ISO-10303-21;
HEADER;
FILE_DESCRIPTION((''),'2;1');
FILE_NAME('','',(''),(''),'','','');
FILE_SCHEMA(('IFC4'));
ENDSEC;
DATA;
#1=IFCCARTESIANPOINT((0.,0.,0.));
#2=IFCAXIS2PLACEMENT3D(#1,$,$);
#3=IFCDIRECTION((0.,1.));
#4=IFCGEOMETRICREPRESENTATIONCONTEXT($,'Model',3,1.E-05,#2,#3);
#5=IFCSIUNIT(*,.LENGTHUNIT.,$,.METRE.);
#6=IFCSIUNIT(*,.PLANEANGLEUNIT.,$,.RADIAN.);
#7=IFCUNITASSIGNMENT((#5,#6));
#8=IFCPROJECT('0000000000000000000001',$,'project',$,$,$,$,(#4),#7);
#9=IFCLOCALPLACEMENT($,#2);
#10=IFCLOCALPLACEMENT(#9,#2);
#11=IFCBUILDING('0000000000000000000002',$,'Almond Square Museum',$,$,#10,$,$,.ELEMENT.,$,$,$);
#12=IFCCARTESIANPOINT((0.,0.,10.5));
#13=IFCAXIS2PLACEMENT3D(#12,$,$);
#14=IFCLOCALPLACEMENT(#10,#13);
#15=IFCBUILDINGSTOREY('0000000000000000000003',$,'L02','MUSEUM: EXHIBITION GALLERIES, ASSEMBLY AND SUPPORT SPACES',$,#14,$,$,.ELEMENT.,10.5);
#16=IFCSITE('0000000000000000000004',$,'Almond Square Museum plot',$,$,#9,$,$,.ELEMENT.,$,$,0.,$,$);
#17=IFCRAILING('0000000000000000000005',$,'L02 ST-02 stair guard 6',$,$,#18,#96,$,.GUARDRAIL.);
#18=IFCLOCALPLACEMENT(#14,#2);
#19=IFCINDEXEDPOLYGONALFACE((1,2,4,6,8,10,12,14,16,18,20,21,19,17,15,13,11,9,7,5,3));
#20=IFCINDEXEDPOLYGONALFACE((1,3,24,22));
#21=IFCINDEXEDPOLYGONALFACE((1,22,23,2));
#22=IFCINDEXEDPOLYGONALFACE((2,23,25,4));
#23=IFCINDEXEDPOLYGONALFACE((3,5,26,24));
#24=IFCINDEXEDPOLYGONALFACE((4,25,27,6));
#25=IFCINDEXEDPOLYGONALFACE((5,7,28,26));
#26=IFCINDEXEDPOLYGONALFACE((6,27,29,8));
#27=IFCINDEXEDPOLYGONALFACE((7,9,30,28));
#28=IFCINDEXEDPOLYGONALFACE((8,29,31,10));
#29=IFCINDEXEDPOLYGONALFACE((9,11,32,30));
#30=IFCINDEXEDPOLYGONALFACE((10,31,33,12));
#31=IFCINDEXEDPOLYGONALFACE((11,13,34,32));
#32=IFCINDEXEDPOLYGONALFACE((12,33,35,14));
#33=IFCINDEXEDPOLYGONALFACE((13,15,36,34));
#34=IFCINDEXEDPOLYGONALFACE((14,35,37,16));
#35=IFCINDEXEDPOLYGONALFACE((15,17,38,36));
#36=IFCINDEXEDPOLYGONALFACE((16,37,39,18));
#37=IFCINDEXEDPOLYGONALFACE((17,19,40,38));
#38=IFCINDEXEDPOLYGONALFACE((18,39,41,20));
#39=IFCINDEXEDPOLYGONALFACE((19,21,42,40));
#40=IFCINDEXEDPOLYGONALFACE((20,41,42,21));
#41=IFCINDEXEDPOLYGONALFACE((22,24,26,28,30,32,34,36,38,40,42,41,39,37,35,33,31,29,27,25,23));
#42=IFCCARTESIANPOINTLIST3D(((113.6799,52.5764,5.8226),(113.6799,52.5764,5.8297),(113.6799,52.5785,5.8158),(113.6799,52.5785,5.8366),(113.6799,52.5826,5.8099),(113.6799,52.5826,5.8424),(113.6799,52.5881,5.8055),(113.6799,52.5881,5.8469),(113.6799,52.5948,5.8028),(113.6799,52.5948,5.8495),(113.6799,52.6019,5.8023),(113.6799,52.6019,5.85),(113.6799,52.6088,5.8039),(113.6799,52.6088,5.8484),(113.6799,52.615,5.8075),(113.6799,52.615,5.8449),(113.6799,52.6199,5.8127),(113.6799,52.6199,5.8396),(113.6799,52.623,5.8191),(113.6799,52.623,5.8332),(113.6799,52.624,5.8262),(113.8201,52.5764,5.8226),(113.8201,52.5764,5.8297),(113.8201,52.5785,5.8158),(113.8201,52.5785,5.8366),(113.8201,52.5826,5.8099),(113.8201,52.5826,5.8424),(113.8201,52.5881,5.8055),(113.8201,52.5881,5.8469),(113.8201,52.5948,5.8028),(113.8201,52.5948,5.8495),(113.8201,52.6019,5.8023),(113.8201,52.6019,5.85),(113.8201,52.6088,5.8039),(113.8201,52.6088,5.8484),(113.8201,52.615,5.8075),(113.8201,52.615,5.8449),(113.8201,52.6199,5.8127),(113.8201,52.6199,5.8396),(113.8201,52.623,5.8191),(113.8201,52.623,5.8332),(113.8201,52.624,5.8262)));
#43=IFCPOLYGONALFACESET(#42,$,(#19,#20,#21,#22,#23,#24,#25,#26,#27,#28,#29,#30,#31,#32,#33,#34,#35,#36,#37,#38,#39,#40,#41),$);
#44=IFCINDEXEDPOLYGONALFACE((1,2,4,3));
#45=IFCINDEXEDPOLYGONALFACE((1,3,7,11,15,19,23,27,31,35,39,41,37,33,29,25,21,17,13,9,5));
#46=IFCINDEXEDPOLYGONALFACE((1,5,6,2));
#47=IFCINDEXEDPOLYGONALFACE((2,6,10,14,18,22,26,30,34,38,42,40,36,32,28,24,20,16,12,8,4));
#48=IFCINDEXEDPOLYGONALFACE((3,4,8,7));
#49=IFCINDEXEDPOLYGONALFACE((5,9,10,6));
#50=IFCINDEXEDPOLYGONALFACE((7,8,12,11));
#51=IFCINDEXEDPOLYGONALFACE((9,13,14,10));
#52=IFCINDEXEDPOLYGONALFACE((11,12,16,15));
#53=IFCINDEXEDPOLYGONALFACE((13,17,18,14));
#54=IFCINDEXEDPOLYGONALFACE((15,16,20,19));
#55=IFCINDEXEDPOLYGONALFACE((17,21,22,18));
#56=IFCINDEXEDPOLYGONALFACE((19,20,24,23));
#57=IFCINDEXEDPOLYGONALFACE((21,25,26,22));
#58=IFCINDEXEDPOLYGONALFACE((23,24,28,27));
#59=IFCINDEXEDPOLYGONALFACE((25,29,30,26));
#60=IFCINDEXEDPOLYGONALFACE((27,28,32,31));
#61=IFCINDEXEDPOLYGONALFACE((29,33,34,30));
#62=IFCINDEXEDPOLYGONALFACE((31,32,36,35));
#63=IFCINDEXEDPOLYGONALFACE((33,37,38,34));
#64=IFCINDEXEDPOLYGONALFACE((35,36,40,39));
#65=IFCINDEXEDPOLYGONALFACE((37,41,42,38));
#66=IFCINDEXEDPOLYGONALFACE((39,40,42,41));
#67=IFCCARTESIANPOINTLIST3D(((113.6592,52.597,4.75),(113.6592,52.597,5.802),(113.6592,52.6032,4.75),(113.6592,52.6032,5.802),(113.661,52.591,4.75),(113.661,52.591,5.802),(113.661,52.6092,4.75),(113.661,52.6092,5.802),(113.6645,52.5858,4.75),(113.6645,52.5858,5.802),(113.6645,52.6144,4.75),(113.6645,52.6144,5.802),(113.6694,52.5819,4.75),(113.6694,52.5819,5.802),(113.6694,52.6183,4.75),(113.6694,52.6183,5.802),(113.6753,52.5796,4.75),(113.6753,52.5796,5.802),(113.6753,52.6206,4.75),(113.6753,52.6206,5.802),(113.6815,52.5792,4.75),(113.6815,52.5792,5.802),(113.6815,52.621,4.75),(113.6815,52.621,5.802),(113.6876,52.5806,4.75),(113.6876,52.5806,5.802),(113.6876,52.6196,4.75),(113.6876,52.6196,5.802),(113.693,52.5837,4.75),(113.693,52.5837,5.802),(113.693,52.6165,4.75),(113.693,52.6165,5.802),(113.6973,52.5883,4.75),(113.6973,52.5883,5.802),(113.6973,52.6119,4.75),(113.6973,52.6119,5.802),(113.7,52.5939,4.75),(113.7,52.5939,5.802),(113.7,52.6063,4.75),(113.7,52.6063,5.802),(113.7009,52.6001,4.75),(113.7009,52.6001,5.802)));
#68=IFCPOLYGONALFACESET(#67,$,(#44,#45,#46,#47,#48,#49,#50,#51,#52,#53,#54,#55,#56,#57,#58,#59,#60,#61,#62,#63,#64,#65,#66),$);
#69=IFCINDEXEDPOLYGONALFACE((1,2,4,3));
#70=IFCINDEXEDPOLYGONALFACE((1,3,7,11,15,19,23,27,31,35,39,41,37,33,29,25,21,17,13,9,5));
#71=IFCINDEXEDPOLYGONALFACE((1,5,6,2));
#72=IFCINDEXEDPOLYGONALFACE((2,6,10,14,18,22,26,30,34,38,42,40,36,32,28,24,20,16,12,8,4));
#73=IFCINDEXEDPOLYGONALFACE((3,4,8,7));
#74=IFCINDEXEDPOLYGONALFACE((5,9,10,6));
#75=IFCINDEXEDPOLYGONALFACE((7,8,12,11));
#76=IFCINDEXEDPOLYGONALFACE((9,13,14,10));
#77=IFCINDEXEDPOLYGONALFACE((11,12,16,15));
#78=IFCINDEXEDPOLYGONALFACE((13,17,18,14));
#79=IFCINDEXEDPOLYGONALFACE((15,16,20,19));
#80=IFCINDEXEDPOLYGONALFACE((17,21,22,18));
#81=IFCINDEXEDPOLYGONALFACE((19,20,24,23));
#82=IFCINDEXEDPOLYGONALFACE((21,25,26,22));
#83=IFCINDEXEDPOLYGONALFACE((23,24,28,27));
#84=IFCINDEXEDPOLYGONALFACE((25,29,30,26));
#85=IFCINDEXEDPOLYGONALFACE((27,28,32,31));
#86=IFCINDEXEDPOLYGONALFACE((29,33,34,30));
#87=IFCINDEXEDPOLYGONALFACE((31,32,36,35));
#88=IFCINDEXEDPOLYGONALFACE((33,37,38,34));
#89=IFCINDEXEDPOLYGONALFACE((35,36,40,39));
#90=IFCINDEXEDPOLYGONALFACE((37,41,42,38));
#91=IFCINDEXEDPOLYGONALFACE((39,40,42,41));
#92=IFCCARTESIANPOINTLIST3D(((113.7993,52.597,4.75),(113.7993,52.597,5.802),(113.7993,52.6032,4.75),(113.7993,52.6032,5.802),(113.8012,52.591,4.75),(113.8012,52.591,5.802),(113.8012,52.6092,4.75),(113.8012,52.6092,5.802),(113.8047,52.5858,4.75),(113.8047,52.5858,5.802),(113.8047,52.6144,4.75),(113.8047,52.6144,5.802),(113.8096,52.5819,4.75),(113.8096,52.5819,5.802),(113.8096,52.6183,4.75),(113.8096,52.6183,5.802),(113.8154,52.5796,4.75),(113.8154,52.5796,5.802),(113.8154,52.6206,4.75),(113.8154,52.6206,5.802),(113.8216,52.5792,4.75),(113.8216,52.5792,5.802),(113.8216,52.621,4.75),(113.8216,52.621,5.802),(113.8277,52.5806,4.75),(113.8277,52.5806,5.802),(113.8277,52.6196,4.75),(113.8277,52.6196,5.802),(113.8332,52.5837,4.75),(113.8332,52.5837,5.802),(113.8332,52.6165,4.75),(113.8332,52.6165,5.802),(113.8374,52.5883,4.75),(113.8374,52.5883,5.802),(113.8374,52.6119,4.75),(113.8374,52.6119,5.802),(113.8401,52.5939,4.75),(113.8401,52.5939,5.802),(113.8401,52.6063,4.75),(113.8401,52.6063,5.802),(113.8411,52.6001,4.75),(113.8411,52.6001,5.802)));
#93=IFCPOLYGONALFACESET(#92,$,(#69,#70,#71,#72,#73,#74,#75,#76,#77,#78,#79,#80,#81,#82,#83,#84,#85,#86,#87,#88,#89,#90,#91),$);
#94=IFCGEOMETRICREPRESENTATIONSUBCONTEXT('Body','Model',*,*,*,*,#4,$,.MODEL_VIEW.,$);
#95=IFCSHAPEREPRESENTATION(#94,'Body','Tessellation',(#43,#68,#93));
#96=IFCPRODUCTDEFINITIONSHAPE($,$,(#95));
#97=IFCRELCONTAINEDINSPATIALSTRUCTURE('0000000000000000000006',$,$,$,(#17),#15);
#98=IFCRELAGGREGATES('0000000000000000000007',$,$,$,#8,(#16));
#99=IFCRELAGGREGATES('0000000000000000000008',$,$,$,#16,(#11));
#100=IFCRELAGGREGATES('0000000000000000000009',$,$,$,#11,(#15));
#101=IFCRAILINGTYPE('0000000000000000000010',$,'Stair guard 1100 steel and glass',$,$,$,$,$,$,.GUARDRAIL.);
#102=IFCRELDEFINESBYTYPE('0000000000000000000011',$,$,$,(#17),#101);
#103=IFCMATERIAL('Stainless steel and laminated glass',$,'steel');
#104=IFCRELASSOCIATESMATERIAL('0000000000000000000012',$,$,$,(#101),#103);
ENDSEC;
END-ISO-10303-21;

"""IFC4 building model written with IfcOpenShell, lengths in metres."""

from ifc_helpers import new_model, si_unit, direction, frame, origin, origin_2d, place, context, subcontext, project, spatial, circle, extrude, material, type_object, element, save


model = new_model("IFC4")

# Units and contexts
model_context = context("Model", 3, precision=1e-05, world=origin(), true_north=direction((0.0, 1.0)))
body_context = subcontext(model_context, "Body", "Model", "MODEL_VIEW")
ifc_project = project(units=[si_unit("LENGTHUNIT", "METRE"), si_unit("PLANEANGLEUNIT", "RADIAN")], contexts=[model_context])

# Site, building, storey
site_placement = place(None, origin())
site = spatial("IfcSite", under=ifc_project, at=site_placement, Name="Almond Square Museum plot", CompositionType="ELEMENT", RefElevation=0.0)
building_placement = place(site_placement, origin())
building = spatial("IfcBuilding", under=site, at=building_placement, Name="Almond Square Museum", CompositionType="ELEMENT")
storey_placement = place(building_placement, frame((0.0, 0.0, 10.5)))
storey = spatial("IfcBuildingStorey", under=building, at=storey_placement, Name="L02", Description="MUSEUM: EXHIBITION GALLERIES, ASSEMBLY AND SUPPORT SPACES", CompositionType="ELEMENT", Elevation=10.5)

# Railing
ifc_material_1 = material(Name="Stainless steel and laminated glass", Category="steel")
railing_type_1 = type_object("IfcRailingType", Name="Stair guard 1100 steel and glass", PredefinedType="GUARDRAIL", material=ifc_material_1)
railing_1_placement = place(storey_placement, frame((113.6799, 52.6001, 4.75)))
element("IfcRailing", 1, at=railing_1_placement, inside=storey, type_object=railing_type_1, Name="L02 ST-02 stair guard 6", PredefinedType="GUARDRAIL", context=body_context, shape_type="SweptSolid", body=[
    extrude(circle(Radius=0.0239, at=origin_2d()), frame((0.0, 0.0, 1.0762), z_axis=(1.0, 0.0, 0.0), x_axis=(0.0, 1.0, 0.0)), (0.0, 0.0, 1.0), 0.1401),
    extrude(circle(Radius=0.021, at=origin_2d()), origin(), (0.0, 0.0, 1.0), 1.052),
    extrude(circle(Radius=0.021, at=origin_2d()), frame((0.1401, 0.0, 0.0)), (0.0, 0.0, 1.0), 1.052),
])

save(model, "model.ifc")
